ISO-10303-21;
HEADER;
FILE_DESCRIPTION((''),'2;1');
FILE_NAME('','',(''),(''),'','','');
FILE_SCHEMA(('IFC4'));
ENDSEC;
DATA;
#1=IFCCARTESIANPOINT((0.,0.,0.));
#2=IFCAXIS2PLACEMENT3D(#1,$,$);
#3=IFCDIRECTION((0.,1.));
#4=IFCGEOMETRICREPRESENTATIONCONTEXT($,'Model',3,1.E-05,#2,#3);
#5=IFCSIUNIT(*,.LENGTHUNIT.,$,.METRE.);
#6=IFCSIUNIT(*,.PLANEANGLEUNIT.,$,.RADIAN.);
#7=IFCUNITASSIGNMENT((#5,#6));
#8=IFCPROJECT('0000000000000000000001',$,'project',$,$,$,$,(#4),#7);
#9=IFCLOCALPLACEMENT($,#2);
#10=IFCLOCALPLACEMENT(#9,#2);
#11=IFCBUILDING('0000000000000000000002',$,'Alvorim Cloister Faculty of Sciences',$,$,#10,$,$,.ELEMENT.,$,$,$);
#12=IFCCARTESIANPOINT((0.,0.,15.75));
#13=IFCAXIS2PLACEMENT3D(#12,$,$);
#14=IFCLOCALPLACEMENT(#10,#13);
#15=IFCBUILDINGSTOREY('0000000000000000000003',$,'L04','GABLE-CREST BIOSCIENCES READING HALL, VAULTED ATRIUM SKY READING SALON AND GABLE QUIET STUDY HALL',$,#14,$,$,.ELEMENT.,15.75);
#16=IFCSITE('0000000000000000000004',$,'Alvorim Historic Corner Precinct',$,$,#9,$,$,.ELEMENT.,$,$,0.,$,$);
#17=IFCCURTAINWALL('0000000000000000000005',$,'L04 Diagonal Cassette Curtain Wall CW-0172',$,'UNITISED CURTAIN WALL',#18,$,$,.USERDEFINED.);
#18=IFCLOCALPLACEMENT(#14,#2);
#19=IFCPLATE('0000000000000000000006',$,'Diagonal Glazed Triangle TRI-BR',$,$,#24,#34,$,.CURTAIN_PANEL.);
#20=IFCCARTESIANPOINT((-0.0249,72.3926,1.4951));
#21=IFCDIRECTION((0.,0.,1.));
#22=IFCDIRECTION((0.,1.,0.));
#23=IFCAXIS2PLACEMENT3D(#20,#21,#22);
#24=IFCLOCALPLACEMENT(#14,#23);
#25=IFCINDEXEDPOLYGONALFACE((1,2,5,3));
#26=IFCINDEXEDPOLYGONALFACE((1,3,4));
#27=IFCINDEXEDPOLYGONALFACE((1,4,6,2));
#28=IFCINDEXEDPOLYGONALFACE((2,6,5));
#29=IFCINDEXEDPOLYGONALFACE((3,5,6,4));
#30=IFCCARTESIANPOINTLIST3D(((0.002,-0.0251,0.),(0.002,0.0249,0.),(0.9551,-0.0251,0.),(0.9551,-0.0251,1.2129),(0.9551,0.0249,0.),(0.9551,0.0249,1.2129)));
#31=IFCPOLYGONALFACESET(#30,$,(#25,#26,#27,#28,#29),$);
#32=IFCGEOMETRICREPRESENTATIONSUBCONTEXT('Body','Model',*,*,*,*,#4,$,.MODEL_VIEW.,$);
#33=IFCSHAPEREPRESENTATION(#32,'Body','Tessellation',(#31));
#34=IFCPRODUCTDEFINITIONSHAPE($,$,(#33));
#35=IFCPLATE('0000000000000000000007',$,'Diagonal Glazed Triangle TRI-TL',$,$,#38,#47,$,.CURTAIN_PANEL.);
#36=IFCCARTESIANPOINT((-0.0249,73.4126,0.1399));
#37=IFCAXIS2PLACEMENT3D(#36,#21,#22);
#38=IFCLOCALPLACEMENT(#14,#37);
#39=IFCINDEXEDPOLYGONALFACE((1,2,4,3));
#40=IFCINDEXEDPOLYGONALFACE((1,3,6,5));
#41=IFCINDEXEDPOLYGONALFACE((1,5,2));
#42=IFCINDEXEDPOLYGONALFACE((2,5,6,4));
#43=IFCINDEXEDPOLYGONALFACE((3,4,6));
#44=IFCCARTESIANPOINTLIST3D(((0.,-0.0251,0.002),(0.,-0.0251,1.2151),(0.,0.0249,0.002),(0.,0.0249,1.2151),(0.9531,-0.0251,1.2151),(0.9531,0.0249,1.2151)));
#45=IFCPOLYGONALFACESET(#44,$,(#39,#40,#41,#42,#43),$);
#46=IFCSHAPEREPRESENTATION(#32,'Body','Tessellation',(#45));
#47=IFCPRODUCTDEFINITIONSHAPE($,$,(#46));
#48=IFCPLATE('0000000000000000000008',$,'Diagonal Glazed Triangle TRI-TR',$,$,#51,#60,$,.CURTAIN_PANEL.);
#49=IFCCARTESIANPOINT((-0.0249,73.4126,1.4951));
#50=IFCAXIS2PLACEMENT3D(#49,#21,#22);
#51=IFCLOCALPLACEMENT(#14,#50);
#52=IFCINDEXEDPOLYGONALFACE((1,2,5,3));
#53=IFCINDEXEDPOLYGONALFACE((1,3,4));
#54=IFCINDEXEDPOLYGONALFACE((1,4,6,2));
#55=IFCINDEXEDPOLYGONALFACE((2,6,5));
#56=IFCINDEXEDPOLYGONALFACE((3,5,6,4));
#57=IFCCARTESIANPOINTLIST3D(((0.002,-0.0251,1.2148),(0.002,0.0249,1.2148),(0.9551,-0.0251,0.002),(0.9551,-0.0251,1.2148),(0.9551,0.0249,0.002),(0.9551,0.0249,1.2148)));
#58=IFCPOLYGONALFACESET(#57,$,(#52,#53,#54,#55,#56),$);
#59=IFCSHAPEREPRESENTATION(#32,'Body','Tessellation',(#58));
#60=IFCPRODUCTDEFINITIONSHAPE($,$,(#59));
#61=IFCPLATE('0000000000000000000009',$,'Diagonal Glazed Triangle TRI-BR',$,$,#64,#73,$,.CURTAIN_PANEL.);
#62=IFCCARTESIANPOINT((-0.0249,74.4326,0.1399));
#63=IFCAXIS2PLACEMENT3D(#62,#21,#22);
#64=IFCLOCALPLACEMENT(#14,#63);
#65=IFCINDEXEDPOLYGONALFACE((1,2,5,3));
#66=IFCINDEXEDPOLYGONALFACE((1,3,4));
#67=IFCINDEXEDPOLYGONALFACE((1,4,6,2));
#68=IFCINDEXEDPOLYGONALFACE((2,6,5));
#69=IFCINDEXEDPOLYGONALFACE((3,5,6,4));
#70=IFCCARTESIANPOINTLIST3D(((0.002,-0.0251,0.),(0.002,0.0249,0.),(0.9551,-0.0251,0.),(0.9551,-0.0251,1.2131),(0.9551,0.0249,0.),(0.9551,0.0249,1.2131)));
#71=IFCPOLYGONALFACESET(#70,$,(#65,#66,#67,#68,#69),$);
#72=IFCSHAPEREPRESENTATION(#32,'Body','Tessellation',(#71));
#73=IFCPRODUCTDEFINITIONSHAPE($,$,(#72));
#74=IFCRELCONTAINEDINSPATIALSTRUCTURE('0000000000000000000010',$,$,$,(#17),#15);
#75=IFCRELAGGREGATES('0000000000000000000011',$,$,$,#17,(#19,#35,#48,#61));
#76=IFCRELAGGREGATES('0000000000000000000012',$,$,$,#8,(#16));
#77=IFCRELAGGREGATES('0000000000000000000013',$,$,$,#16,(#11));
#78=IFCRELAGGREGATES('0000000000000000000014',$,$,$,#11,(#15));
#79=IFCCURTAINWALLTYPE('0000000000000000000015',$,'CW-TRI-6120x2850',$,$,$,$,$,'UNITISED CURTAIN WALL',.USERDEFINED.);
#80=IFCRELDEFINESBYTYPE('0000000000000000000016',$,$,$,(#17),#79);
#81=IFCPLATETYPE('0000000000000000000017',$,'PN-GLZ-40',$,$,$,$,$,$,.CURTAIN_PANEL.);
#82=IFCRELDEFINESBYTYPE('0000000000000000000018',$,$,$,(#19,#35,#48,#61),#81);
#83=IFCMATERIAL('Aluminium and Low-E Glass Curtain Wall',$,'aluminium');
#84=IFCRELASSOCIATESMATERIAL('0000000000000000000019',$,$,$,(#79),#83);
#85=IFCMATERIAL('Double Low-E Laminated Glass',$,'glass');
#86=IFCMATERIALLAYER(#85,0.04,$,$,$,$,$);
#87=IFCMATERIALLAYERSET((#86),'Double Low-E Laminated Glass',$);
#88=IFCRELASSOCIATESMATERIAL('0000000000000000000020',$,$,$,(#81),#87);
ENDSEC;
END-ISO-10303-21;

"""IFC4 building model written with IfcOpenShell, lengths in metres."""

from ifc_helpers import new_model, si_unit, direction, frame, origin, place, context, subcontext, project, spatial, polyline, outline, extrude, material, layer, layer_set, type_object, element, aggregate, save


model = new_model("IFC4")

# Units and contexts
model_context = context("Model", 3, precision=1e-05, world=origin(), true_north=direction((0.0, 1.0)))
body_context = subcontext(model_context, "Body", "Model", "MODEL_VIEW")
ifc_project = project(units=[si_unit("LENGTHUNIT", "METRE"), si_unit("PLANEANGLEUNIT", "RADIAN")], contexts=[model_context])

# Site, building, storey
site_placement = place(None, origin())
site = spatial("IfcSite", under=ifc_project, at=site_placement, Name="Alvorim Historic Corner Precinct", CompositionType="ELEMENT", RefElevation=0.0)
building_placement = place(site_placement, origin())
building = spatial("IfcBuilding", under=site, at=building_placement, Name="Alvorim Cloister Faculty of Sciences", CompositionType="ELEMENT")
storey_placement = place(building_placement, frame((0.0, 0.0, 15.75)))
storey = spatial("IfcBuildingStorey", under=building, at=storey_placement, Name="L04", Description="GABLE-CREST BIOSCIENCES READING HALL, VAULTED ATRIUM SKY READING SALON AND GABLE QUIET STUDY HALL", CompositionType="ELEMENT", Elevation=15.75)

# Curtain wall, plates
ifc_material_1 = material(Name="Aluminium and Low-E Glass Curtain Wall", Category="aluminium")
curtain_wall_type = type_object("IfcCurtainWallType", Name="CW-TRI-6120x2850", ElementType="UNITISED CURTAIN WALL", PredefinedType="USERDEFINED", material=ifc_material_1)
curtain_wall_placement = place(storey_placement, origin())
curtain_wall = element("IfcCurtainWall", 1, at=curtain_wall_placement, inside=storey, type_object=curtain_wall_type, Name="L04 Diagonal Cassette Curtain Wall CW-0172", ObjectType="UNITISED CURTAIN WALL", PredefinedType="USERDEFINED")
ifc_material_2 = material(Name="Double Low-E Laminated Glass", Category="glass")
ifc_layer = layer(ifc_material_2, 0.04)
ifc_layer_set = layer_set([ifc_layer], Name="Double Low-E Laminated Glass")
plate_type = type_object("IfcPlateType", Name="PN-GLZ-40", PredefinedType="CURTAIN_PANEL", material=ifc_layer_set)
plate_1_placement = place(storey_placement, frame((-0.0249, 72.3926, 1.4951), z_axis=(0.0, 0.0, 1.0), x_axis=(0.0, 1.0, 0.0)))
plate_1 = element("IfcPlate", 2, at=plate_1_placement, type_object=plate_type, Name="Diagonal Glazed Triangle TRI-BR", PredefinedType="CURTAIN_PANEL", context=body_context, shape_type="SweptSolid", body=[
    extrude(outline(polyline([(0.002, 0.0), (0.9551, 0.0), (0.9551, 1.2129), (0.002, 0.0)])), frame((0.0, 0.0249, 0.0), z_axis=(0.0, -1.0, 0.0), x_axis=(1.0, 0.0, 0.0)), (0.0, 0.0, 1.0), 0.05),
])
plate_2_placement = place(storey_placement, frame((-0.0249, 73.4126, 0.1399), z_axis=(0.0, 0.0, 1.0), x_axis=(0.0, 1.0, 0.0)))
plate_2 = element("IfcPlate", 3, at=plate_2_placement, type_object=plate_type, Name="Diagonal Glazed Triangle TRI-TL", PredefinedType="CURTAIN_PANEL", context=body_context, shape_type="SweptSolid", body=[
    extrude(outline(polyline([(0.9531, 1.2151), (0.0, 1.2151), (0.0, 0.002), (0.9531, 1.2151)])), frame((0.0, 0.0249, 0.0), z_axis=(0.0, -1.0, 0.0), x_axis=(1.0, 0.0, 0.0)), (0.0, 0.0, 1.0), 0.05),
])
plate_3_placement = place(storey_placement, frame((-0.0249, 73.4126, 1.4951), z_axis=(0.0, 0.0, 1.0), x_axis=(0.0, 1.0, 0.0)))
plate_3 = element("IfcPlate", 4, at=plate_3_placement, type_object=plate_type, Name="Diagonal Glazed Triangle TRI-TR", PredefinedType="CURTAIN_PANEL", context=body_context, shape_type="SweptSolid", body=[
    extrude(outline(polyline([(0.9551, 0.002), (0.9551, 1.2148), (0.002, 1.2148), (0.9551, 0.002)])), frame((0.0, 0.0249, 0.0), z_axis=(0.0, -1.0, 0.0), x_axis=(1.0, 0.0, 0.0)), (0.0, 0.0, 1.0), 0.05),
])
plate_4_placement = place(storey_placement, frame((-0.0249, 74.4326, 0.1399), z_axis=(0.0, 0.0, 1.0), x_axis=(0.0, 1.0, 0.0)))
plate_4 = element("IfcPlate", 5, at=plate_4_placement, type_object=plate_type, Name="Diagonal Glazed Triangle TRI-BR", PredefinedType="CURTAIN_PANEL", context=body_context, shape_type="SweptSolid", body=[
    extrude(outline(polyline([(0.002, 0.0), (0.9551, 0.0), (0.9551, 1.2131), (0.002, 0.0)])), frame((0.0, 0.0249, 0.0), z_axis=(0.0, -1.0, 0.0), x_axis=(1.0, 0.0, 0.0)), (0.0, 0.0, 1.0), 0.05),
])
aggregate(curtain_wall, [plate_1, plate_2, plate_3, plate_4])

save(model, "model.ifc")
